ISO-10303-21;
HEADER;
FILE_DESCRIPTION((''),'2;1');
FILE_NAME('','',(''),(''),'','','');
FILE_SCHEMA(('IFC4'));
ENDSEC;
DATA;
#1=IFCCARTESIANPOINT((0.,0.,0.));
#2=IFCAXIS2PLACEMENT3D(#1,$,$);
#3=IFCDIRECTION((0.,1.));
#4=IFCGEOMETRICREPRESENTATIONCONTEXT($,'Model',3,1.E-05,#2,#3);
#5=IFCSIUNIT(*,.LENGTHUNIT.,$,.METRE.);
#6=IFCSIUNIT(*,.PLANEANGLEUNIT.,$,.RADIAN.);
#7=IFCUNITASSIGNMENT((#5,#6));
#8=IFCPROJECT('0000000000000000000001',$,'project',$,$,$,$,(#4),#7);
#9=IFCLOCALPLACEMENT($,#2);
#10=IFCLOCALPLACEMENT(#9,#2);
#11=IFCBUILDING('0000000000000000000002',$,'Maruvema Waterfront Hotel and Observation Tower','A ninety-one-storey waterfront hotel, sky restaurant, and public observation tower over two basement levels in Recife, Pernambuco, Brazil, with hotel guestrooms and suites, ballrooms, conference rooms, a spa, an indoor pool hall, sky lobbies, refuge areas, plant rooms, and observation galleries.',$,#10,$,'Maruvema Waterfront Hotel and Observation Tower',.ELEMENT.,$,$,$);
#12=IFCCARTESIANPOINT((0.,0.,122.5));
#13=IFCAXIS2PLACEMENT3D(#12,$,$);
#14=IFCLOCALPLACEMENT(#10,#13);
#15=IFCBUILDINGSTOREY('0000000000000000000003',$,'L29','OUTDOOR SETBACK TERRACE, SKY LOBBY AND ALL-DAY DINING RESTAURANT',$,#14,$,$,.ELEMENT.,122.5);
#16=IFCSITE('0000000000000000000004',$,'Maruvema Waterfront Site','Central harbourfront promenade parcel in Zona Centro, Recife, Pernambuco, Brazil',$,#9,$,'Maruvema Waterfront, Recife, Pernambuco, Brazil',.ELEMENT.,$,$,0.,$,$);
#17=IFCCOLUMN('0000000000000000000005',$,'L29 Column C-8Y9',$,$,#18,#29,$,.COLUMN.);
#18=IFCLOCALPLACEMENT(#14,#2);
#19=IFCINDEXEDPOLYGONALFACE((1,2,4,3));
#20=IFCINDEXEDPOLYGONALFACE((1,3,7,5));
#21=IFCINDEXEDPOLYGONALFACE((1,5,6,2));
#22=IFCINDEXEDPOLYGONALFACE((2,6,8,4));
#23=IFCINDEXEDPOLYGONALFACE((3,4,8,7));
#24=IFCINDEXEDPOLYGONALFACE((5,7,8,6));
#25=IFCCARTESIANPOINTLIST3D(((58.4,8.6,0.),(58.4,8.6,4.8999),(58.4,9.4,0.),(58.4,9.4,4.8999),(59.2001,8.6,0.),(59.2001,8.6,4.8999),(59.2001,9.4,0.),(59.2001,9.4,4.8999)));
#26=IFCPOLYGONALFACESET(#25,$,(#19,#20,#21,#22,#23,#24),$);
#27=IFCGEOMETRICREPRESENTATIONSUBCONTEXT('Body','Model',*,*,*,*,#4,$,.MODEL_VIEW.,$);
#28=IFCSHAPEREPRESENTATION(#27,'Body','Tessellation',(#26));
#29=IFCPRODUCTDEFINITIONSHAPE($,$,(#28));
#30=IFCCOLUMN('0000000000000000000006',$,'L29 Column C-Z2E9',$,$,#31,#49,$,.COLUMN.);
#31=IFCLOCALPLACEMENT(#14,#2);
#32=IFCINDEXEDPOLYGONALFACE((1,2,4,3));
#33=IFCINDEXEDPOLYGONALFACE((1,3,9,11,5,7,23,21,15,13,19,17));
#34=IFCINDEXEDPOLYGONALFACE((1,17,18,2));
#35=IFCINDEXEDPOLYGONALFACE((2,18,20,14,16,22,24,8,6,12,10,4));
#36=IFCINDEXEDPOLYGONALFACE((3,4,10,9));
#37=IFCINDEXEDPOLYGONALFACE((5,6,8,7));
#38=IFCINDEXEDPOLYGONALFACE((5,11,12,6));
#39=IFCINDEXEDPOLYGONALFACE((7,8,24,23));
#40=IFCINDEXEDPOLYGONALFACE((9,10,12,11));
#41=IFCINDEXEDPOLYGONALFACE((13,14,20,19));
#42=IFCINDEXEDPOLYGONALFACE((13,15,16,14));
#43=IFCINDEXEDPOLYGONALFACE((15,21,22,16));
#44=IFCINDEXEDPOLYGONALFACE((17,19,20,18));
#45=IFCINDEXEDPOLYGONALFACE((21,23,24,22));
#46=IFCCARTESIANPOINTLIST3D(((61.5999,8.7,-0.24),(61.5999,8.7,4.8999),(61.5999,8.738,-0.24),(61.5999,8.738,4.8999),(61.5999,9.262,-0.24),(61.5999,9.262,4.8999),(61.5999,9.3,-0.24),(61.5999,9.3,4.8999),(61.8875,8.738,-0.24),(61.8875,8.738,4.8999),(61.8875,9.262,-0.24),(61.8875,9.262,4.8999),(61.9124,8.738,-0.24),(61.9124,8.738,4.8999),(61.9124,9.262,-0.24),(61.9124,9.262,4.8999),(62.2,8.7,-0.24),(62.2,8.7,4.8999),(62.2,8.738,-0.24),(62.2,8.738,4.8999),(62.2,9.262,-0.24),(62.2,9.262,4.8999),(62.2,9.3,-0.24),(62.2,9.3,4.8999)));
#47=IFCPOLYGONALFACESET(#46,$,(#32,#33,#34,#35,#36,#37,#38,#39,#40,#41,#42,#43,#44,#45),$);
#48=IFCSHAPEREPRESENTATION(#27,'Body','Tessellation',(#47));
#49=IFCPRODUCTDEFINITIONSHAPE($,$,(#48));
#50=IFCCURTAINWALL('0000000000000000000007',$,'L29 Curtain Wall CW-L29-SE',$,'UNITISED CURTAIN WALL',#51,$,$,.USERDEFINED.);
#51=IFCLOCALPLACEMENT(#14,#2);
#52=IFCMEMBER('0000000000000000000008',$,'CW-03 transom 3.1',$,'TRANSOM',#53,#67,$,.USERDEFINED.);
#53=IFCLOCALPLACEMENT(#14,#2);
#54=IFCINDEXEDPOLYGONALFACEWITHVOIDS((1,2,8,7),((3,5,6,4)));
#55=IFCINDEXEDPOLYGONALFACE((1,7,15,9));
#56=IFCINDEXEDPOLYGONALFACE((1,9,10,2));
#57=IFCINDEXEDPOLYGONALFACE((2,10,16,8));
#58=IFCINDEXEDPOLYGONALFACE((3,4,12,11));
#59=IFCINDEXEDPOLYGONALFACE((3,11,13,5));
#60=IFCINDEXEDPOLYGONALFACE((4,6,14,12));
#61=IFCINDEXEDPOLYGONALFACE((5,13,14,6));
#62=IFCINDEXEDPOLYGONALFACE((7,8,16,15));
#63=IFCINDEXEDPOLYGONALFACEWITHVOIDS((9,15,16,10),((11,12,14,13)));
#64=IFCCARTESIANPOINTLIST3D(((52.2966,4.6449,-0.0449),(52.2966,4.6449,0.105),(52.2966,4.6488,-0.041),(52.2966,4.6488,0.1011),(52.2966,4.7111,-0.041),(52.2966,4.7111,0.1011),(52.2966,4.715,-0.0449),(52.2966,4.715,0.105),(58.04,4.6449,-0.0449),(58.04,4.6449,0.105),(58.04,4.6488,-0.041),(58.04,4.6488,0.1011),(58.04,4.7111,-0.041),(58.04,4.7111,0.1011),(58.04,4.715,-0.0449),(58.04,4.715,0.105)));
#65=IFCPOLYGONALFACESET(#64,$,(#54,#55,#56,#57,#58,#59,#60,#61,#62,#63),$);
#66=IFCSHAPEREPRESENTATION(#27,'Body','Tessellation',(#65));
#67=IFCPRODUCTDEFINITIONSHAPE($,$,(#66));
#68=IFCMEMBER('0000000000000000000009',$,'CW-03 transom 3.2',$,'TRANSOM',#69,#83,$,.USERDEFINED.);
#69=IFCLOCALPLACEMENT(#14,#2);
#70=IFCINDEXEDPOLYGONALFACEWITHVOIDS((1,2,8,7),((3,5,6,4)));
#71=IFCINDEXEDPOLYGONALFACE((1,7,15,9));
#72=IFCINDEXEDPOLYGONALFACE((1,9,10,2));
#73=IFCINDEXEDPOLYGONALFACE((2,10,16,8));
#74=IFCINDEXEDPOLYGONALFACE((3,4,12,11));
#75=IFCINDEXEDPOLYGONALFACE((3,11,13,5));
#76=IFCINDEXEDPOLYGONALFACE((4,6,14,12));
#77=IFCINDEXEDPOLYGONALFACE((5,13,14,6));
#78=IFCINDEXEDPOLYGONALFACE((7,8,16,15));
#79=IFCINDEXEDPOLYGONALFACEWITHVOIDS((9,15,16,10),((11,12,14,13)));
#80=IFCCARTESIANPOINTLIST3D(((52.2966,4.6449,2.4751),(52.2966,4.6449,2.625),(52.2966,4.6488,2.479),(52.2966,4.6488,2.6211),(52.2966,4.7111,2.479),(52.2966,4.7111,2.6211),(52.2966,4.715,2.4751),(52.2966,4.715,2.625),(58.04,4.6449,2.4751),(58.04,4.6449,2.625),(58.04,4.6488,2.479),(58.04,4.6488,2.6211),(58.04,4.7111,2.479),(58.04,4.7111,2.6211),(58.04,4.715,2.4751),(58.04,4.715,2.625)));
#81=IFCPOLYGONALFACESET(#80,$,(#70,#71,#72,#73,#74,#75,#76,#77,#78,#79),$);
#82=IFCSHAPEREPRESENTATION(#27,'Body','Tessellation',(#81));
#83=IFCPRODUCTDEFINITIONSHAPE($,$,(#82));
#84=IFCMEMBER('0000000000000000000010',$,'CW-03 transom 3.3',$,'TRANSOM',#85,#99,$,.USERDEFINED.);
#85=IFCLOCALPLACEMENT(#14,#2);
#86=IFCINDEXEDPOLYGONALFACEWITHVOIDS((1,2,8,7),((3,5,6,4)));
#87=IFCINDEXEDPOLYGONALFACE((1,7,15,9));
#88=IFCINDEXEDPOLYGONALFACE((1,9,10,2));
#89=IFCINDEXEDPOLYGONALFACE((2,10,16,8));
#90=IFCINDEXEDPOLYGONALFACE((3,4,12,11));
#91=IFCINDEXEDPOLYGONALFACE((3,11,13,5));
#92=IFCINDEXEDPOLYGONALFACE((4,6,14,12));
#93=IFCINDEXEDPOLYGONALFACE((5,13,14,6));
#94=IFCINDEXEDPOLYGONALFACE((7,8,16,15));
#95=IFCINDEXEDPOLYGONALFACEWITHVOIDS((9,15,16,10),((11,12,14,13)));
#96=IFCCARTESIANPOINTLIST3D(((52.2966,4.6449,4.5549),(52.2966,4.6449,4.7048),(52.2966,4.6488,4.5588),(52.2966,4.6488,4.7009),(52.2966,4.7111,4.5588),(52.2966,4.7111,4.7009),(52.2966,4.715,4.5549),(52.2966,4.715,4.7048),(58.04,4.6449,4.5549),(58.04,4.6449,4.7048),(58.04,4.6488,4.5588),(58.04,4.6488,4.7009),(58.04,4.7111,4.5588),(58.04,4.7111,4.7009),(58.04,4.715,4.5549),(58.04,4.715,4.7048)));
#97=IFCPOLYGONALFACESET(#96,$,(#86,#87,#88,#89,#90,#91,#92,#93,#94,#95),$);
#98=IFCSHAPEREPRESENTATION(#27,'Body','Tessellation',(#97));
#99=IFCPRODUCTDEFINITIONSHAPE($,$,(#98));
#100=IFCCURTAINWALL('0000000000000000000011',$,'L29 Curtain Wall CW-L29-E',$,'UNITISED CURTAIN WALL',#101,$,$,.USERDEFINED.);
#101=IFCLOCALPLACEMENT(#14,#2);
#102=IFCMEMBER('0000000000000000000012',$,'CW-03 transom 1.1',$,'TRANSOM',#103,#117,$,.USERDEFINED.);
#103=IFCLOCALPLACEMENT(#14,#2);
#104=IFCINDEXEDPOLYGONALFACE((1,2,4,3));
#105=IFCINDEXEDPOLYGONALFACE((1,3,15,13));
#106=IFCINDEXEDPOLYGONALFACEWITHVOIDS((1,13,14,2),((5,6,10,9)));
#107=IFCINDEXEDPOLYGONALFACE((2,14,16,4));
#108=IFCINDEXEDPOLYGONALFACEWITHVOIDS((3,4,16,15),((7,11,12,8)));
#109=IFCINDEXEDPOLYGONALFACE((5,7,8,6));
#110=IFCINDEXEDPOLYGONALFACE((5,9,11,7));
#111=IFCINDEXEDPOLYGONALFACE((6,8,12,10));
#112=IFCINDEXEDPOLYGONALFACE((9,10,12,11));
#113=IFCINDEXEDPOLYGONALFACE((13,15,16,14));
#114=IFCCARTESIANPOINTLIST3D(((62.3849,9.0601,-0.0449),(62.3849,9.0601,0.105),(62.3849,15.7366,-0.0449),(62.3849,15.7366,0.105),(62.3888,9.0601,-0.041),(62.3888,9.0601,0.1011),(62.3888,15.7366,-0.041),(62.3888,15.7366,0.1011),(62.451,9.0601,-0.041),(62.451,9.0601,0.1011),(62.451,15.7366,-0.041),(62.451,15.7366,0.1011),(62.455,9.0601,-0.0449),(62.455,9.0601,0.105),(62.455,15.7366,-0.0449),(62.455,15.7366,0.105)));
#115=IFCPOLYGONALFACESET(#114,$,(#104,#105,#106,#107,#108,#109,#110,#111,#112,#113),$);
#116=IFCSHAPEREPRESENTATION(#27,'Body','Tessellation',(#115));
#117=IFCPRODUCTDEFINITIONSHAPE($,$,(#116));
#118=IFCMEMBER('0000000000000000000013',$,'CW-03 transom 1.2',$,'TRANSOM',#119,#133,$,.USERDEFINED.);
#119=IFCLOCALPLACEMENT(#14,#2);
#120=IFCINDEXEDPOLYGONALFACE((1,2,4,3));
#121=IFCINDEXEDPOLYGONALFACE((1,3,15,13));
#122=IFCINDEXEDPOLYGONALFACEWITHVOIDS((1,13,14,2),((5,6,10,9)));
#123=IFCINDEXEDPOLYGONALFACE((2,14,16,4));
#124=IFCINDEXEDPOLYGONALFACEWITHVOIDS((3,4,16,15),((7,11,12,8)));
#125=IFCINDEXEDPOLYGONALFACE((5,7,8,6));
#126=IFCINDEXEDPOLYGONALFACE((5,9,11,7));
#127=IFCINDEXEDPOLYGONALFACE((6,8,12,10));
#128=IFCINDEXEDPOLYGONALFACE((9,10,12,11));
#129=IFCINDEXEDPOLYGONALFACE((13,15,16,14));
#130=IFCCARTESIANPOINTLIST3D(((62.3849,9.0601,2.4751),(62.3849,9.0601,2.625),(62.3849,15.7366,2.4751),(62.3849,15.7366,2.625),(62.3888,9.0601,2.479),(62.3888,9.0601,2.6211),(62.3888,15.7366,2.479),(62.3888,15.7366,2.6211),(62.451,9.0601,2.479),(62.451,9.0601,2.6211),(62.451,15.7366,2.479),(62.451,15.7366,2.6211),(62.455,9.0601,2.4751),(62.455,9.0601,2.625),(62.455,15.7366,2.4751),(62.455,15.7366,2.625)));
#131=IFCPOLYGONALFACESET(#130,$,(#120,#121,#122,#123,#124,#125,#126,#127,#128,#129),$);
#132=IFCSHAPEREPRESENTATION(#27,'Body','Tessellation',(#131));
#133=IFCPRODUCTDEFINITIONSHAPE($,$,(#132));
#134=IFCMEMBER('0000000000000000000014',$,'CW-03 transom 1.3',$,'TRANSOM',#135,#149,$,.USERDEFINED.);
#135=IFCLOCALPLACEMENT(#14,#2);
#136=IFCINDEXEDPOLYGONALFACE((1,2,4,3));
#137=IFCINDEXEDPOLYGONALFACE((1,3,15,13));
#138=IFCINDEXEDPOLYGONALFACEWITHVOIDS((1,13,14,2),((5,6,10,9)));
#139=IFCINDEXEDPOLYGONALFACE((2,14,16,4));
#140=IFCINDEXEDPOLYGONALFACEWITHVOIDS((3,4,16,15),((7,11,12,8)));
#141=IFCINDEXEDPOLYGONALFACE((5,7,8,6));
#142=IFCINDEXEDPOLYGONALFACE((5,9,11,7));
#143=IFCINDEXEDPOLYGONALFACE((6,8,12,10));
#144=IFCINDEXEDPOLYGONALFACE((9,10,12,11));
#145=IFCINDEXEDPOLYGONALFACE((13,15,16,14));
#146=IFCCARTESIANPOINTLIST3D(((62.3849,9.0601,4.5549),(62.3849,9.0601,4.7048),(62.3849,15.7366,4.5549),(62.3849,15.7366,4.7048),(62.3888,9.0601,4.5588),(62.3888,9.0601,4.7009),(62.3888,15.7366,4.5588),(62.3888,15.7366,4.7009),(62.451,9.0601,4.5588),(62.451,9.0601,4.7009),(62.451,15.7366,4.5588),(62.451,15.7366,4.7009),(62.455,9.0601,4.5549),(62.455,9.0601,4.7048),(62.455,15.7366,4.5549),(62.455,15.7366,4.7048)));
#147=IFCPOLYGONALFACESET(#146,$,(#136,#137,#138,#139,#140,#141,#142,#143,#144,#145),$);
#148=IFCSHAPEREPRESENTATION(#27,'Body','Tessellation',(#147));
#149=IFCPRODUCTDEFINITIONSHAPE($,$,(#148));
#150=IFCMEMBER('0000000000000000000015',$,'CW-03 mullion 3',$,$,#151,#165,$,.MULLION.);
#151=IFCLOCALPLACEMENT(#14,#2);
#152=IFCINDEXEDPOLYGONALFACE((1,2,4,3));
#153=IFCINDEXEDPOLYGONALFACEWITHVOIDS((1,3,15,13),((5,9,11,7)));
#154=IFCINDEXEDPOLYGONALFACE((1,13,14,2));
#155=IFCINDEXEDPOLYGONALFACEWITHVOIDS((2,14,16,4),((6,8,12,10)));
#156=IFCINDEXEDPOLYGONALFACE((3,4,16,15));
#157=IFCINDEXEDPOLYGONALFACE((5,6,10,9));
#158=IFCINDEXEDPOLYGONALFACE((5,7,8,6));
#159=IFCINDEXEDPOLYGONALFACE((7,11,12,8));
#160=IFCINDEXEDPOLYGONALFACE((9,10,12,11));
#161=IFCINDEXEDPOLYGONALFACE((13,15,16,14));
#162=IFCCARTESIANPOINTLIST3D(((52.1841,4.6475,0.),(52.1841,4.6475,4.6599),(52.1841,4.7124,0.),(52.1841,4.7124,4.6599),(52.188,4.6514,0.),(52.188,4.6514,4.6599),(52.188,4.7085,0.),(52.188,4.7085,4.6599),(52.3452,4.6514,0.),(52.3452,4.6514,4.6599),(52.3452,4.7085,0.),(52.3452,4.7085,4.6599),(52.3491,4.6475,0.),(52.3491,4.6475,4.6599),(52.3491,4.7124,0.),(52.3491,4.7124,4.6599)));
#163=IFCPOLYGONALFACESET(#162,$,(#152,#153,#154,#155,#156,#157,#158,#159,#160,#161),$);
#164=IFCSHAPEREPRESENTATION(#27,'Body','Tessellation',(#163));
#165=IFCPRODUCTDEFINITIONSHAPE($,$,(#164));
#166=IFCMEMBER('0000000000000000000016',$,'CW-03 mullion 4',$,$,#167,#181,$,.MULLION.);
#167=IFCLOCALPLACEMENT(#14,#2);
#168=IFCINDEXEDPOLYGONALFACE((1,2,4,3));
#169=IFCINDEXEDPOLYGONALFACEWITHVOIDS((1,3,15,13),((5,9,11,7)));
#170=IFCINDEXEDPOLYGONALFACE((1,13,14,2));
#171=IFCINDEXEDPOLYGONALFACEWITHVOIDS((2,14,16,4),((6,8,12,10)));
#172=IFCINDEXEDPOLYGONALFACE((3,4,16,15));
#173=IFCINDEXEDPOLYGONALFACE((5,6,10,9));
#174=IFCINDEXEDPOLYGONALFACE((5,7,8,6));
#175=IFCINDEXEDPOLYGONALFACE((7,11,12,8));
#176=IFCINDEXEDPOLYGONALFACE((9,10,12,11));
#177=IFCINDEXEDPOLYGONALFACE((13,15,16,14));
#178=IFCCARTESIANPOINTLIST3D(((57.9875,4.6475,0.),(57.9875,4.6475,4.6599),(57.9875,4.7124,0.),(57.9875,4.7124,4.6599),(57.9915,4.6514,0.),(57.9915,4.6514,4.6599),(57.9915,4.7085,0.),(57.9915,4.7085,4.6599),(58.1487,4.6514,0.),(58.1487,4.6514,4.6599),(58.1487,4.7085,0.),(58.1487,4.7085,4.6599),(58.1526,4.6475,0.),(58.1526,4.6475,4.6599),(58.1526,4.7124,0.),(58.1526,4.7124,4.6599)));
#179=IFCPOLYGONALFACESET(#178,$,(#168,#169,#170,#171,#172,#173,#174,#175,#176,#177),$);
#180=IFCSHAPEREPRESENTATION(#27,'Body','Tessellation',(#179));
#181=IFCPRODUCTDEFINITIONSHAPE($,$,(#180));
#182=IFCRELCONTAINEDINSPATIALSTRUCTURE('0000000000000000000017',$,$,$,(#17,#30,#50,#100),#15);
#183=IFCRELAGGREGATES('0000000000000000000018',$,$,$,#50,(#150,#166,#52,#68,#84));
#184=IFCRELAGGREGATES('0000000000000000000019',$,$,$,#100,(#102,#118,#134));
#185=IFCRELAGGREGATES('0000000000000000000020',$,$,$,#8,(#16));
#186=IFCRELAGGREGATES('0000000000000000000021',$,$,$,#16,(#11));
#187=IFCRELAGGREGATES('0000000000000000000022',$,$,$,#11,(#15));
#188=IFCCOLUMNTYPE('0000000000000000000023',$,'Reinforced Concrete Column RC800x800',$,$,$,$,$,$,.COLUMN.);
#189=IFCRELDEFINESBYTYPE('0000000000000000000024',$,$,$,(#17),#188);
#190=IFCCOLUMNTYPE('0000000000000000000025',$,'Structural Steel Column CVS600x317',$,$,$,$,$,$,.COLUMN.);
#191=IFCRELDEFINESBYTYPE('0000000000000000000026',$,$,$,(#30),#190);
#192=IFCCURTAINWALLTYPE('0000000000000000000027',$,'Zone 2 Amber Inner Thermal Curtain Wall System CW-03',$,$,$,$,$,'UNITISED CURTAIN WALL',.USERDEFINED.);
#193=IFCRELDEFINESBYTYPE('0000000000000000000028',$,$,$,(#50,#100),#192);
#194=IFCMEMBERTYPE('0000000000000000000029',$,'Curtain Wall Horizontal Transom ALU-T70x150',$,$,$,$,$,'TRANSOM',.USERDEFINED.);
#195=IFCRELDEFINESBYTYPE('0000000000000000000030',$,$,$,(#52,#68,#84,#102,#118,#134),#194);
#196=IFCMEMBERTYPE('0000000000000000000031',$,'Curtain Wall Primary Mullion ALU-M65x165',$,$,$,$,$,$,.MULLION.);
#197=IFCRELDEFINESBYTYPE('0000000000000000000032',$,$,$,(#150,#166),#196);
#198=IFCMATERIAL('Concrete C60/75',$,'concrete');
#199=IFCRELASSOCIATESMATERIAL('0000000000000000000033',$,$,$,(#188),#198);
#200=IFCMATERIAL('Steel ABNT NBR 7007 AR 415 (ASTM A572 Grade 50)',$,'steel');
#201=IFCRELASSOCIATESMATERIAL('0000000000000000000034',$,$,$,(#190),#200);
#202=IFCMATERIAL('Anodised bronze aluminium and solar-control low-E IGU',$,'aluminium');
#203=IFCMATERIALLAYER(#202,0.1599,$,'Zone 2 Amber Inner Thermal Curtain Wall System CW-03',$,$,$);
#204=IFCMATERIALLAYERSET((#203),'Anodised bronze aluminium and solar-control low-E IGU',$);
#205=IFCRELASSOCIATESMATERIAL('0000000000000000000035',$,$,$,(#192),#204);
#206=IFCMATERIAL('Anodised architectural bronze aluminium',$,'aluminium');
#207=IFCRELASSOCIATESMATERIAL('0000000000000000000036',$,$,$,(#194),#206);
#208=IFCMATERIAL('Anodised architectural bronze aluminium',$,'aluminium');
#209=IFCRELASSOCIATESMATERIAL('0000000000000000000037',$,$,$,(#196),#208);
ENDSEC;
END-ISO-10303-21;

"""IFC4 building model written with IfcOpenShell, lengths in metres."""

from ifc_helpers import new_model, si_unit, direction, frame, origin, origin_2d, place, context, subcontext, project, spatial, rectangle, hollow_rectangle, i_section, extrude, material, layer, layer_set, material_profile, profile_set, type_object, element, aggregate, save


model = new_model("IFC4")

# Units and contexts
model_context = context("Model", 3, precision=1e-05, world=origin(), true_north=direction((0.0, 1.0)))
body_context = subcontext(model_context, "Body", "Model", "MODEL_VIEW")
ifc_project = project(units=[si_unit("LENGTHUNIT", "METRE"), si_unit("PLANEANGLEUNIT", "RADIAN")], contexts=[model_context])

# Site, building, storey
site_placement = place(None, origin())
site = spatial("IfcSite", under=ifc_project, at=site_placement, Name="Maruvema Waterfront Site", Description="Central harbourfront promenade parcel in Zona Centro, Recife, Pernambuco, Brazil", LongName="Maruvema Waterfront, Recife, Pernambuco, Brazil", CompositionType="ELEMENT", RefElevation=0.0)
building_placement = place(site_placement, origin())
building = spatial("IfcBuilding", under=site, at=building_placement, Name="Maruvema Waterfront Hotel and Observation Tower", Description="A ninety-one-storey waterfront hotel, sky restaurant, and public observation tower over two basement levels in Recife, Pernambuco, Brazil, with hotel guestrooms and suites, ballrooms, conference rooms, a spa, an indoor pool hall, sky lobbies, refuge areas, plant rooms, and observation galleries.", LongName="Maruvema Waterfront Hotel and Observation Tower", CompositionType="ELEMENT")
storey_placement = place(building_placement, frame((0.0, 0.0, 122.5)))
storey = spatial("IfcBuildingStorey", under=building, at=storey_placement, Name="L29", Description="OUTDOOR SETBACK TERRACE, SKY LOBBY AND ALL-DAY DINING RESTAURANT", CompositionType="ELEMENT", Elevation=122.5)

# Columns
ifc_material_1 = material(Name="Concrete C60/75", Category="concrete")
ifc_material_profile_1 = material_profile(ifc_material_1, rectangle(XDim=0.8, YDim=0.8, at=origin_2d()), Name="RC800x800")
ifc_profile_set_1 = profile_set([ifc_material_profile_1], Name="Concrete C60/75")
column_type_1 = type_object("IfcColumnType", Name="Reinforced Concrete Column RC800x800", PredefinedType="COLUMN", material=ifc_profile_set_1)
column_1_placement = place(storey_placement, frame((58.8, 9.0, 0.0), z_axis=(0.0, 0.0, 1.0), x_axis=(1.0, 0.0, 0.0)))
element("IfcColumn", 1, at=column_1_placement, inside=storey, type_object=column_type_1, Name="L29 Column C-8Y9", PredefinedType="COLUMN", context=body_context, shape_type="SweptSolid", body=[
    extrude(rectangle(XDim=0.8, YDim=0.8, at=origin_2d()), origin(), (0.0, 0.0, 1.0), 4.8999),
])
ifc_material_2 = material(Name="Steel ABNT NBR 7007 AR 415 (ASTM A572 Grade 50)", Category="steel")
ifc_material_profile_2 = material_profile(ifc_material_2, i_section(OverallWidth=0.6001, OverallDepth=0.6001, WebThickness=0.0249, FlangeThickness=0.0381, at=origin_2d()), Name="CVS600x317")
ifc_profile_set_2 = profile_set([ifc_material_profile_2], Name="Steel ABNT NBR 7007 AR 415 (ASTM A572 Grade 50)")
column_type_2 = type_object("IfcColumnType", Name="Structural Steel Column CVS600x317", PredefinedType="COLUMN", material=ifc_profile_set_2)
column_2_placement = place(storey_placement, frame((61.8999, 9.0, -0.24), z_axis=(0.0, 0.0, 1.0), x_axis=(1.0, 0.0, 0.0)))
element("IfcColumn", 2, at=column_2_placement, inside=storey, type_object=column_type_2, Name="L29 Column C-Z2E9", PredefinedType="COLUMN", context=body_context, shape_type="SweptSolid", body=[
    extrude(i_section(OverallWidth=0.6001, OverallDepth=0.6001, WebThickness=0.0249, FlangeThickness=0.0381, at=origin_2d()), origin(), (0.0, 0.0, 1.0), 5.1399),
])

# Curtain walls, members
ifc_material_3 = material(Name="Anodised bronze aluminium and solar-control low-E IGU", Category="aluminium")
ifc_layer_1 = layer(ifc_material_3, 0.1599, Name="Zone 2 Amber Inner Thermal Curtain Wall System CW-03")
ifc_layer_set_1 = layer_set([ifc_layer_1], Name="Anodised bronze aluminium and solar-control low-E IGU")
curtain_wall_type = type_object("IfcCurtainWallType", Name="Zone 2 Amber Inner Thermal Curtain Wall System CW-03", ElementType="UNITISED CURTAIN WALL", PredefinedType="USERDEFINED", material=ifc_layer_set_1)
curtain_wall_1_placement = place(storey_placement, origin())
curtain_wall_1 = element("IfcCurtainWall", 3, at=curtain_wall_1_placement, inside=storey, type_object=curtain_wall_type, Name="L29 Curtain Wall CW-L29-SE", ObjectType="UNITISED CURTAIN WALL", PredefinedType="USERDEFINED")
ifc_material_4 = material(Name="Anodised architectural bronze aluminium", Category="aluminium")
ifc_material_profile_3 = material_profile(ifc_material_4, hollow_rectangle(XDim=0.0701, YDim=0.1499, WallThickness=0.0039, at=origin_2d()), Name="ALU-T70x150")
ifc_profile_set_3 = profile_set([ifc_material_profile_3], Name="Anodised architectural bronze aluminium")
member_type_1 = type_object("IfcMemberType", Name="Curtain Wall Horizontal Transom ALU-T70x150", ElementType="TRANSOM", PredefinedType="USERDEFINED", material=ifc_profile_set_3)
member_1_placement = place(storey_placement, frame((52.2966, 4.6799, 0.03), z_axis=(1.0, 0.0, 0.0), x_axis=(0.0, 1.0, 0.0)))
member_1 = element("IfcMember", 4, at=member_1_placement, type_object=member_type_1, Name="CW-03 transom 3.1", ObjectType="TRANSOM", PredefinedType="USERDEFINED", context=body_context, shape_type="SweptSolid", body=[
    extrude(hollow_rectangle(XDim=0.0701, YDim=0.1499, WallThickness=0.0039, at=origin_2d()), origin(), (0.0, 0.0, 1.0), 5.7434),
])
member_2_placement = place(storey_placement, frame((52.2966, 4.6799, 2.55), z_axis=(1.0, 0.0, 0.0), x_axis=(0.0, 1.0, 0.0)))
member_2 = element("IfcMember", 5, at=member_2_placement, type_object=member_type_1, Name="CW-03 transom 3.2", ObjectType="TRANSOM", PredefinedType="USERDEFINED", context=body_context, shape_type="SweptSolid", body=[
    extrude(hollow_rectangle(XDim=0.0701, YDim=0.1499, WallThickness=0.0039, at=origin_2d()), origin(), (0.0, 0.0, 1.0), 5.7434),
])
member_3_placement = place(storey_placement, frame((52.2966, 4.6799, 4.6299), z_axis=(1.0, 0.0, 0.0), x_axis=(0.0, 1.0, 0.0)))
member_3 = element("IfcMember", 6, at=member_3_placement, type_object=member_type_1, Name="CW-03 transom 3.3", ObjectType="TRANSOM", PredefinedType="USERDEFINED", context=body_context, shape_type="SweptSolid", body=[
    extrude(hollow_rectangle(XDim=0.0701, YDim=0.1499, WallThickness=0.0039, at=origin_2d()), origin(), (0.0, 0.0, 1.0), 5.7434),
])
curtain_wall_2_placement = place(storey_placement, origin())
curtain_wall_2 = element("IfcCurtainWall", 7, at=curtain_wall_2_placement, inside=storey, type_object=curtain_wall_type, Name="L29 Curtain Wall CW-L29-E", ObjectType="UNITISED CURTAIN WALL", PredefinedType="USERDEFINED")
member_4_placement = place(storey_placement, frame((62.4199, 9.0601, 0.03), z_axis=(0.0, 1.0, 0.0), x_axis=(-1.0, 0.0, 0.0)))
member_4 = element("IfcMember", 8, at=member_4_placement, type_object=member_type_1, Name="CW-03 transom 1.1", ObjectType="TRANSOM", PredefinedType="USERDEFINED", context=body_context, shape_type="SweptSolid", body=[
    extrude(hollow_rectangle(XDim=0.0701, YDim=0.1499, WallThickness=0.0039, at=origin_2d()), origin(), (0.0, 0.0, 1.0), 6.6765),
])
member_5_placement = place(storey_placement, frame((62.4199, 9.0601, 2.55), z_axis=(0.0, 1.0, 0.0), x_axis=(-1.0, 0.0, 0.0)))
member_5 = element("IfcMember", 9, at=member_5_placement, type_object=member_type_1, Name="CW-03 transom 1.2", ObjectType="TRANSOM", PredefinedType="USERDEFINED", context=body_context, shape_type="SweptSolid", body=[
    extrude(hollow_rectangle(XDim=0.0701, YDim=0.1499, WallThickness=0.0039, at=origin_2d()), origin(), (0.0, 0.0, 1.0), 6.6765),
])
member_6_placement = place(storey_placement, frame((62.4199, 9.0601, 4.6299), z_axis=(0.0, 1.0, 0.0), x_axis=(-1.0, 0.0, 0.0)))
member_6 = element("IfcMember", 10, at=member_6_placement, type_object=member_type_1, Name="CW-03 transom 1.3", ObjectType="TRANSOM", PredefinedType="USERDEFINED", context=body_context, shape_type="SweptSolid", body=[
    extrude(hollow_rectangle(XDim=0.0701, YDim=0.1499, WallThickness=0.0039, at=origin_2d()), origin(), (0.0, 0.0, 1.0), 6.6765),
])

# Members
ifc_material_5 = material(Name="Anodised architectural bronze aluminium", Category="aluminium")
ifc_material_profile_4 = material_profile(ifc_material_5, hollow_rectangle(XDim=0.0649, YDim=0.165, WallThickness=0.0039, at=origin_2d()), Name="ALU-M65x165")
ifc_profile_set_4 = profile_set([ifc_material_profile_4], Name="Anodised architectural bronze aluminium")
member_type_2 = type_object("IfcMemberType", Name="Curtain Wall Primary Mullion ALU-M65x165", PredefinedType="MULLION", material=ifc_profile_set_4)
member_7_placement = place(storey_placement, frame((52.2666, 4.6799, 0.0), z_axis=(0.0, 0.0, 1.0), x_axis=(0.0, 1.0, 0.0)))
member_7 = element("IfcMember", 11, at=member_7_placement, type_object=member_type_2, Name="CW-03 mullion 3", PredefinedType="MULLION", context=body_context, shape_type="SweptSolid", body=[
    extrude(hollow_rectangle(XDim=0.0649, YDim=0.165, WallThickness=0.0039, at=origin_2d()), origin(), (0.0, 0.0, 1.0), 4.6599),
])
member_8_placement = place(storey_placement, frame((58.0701, 4.6799, 0.0), z_axis=(0.0, 0.0, 1.0), x_axis=(0.0, 1.0, 0.0)))
member_8 = element("IfcMember", 12, at=member_8_placement, type_object=member_type_2, Name="CW-03 mullion 4", PredefinedType="MULLION", context=body_context, shape_type="SweptSolid", body=[
    extrude(hollow_rectangle(XDim=0.0649, YDim=0.165, WallThickness=0.0039, at=origin_2d()), origin(), (0.0, 0.0, 1.0), 4.6599),
])

aggregate(curtain_wall_1, [member_7, member_8, member_1, member_2, member_3])
aggregate(curtain_wall_2, [member_4, member_5, member_6])

save(model, "model.ifc")
